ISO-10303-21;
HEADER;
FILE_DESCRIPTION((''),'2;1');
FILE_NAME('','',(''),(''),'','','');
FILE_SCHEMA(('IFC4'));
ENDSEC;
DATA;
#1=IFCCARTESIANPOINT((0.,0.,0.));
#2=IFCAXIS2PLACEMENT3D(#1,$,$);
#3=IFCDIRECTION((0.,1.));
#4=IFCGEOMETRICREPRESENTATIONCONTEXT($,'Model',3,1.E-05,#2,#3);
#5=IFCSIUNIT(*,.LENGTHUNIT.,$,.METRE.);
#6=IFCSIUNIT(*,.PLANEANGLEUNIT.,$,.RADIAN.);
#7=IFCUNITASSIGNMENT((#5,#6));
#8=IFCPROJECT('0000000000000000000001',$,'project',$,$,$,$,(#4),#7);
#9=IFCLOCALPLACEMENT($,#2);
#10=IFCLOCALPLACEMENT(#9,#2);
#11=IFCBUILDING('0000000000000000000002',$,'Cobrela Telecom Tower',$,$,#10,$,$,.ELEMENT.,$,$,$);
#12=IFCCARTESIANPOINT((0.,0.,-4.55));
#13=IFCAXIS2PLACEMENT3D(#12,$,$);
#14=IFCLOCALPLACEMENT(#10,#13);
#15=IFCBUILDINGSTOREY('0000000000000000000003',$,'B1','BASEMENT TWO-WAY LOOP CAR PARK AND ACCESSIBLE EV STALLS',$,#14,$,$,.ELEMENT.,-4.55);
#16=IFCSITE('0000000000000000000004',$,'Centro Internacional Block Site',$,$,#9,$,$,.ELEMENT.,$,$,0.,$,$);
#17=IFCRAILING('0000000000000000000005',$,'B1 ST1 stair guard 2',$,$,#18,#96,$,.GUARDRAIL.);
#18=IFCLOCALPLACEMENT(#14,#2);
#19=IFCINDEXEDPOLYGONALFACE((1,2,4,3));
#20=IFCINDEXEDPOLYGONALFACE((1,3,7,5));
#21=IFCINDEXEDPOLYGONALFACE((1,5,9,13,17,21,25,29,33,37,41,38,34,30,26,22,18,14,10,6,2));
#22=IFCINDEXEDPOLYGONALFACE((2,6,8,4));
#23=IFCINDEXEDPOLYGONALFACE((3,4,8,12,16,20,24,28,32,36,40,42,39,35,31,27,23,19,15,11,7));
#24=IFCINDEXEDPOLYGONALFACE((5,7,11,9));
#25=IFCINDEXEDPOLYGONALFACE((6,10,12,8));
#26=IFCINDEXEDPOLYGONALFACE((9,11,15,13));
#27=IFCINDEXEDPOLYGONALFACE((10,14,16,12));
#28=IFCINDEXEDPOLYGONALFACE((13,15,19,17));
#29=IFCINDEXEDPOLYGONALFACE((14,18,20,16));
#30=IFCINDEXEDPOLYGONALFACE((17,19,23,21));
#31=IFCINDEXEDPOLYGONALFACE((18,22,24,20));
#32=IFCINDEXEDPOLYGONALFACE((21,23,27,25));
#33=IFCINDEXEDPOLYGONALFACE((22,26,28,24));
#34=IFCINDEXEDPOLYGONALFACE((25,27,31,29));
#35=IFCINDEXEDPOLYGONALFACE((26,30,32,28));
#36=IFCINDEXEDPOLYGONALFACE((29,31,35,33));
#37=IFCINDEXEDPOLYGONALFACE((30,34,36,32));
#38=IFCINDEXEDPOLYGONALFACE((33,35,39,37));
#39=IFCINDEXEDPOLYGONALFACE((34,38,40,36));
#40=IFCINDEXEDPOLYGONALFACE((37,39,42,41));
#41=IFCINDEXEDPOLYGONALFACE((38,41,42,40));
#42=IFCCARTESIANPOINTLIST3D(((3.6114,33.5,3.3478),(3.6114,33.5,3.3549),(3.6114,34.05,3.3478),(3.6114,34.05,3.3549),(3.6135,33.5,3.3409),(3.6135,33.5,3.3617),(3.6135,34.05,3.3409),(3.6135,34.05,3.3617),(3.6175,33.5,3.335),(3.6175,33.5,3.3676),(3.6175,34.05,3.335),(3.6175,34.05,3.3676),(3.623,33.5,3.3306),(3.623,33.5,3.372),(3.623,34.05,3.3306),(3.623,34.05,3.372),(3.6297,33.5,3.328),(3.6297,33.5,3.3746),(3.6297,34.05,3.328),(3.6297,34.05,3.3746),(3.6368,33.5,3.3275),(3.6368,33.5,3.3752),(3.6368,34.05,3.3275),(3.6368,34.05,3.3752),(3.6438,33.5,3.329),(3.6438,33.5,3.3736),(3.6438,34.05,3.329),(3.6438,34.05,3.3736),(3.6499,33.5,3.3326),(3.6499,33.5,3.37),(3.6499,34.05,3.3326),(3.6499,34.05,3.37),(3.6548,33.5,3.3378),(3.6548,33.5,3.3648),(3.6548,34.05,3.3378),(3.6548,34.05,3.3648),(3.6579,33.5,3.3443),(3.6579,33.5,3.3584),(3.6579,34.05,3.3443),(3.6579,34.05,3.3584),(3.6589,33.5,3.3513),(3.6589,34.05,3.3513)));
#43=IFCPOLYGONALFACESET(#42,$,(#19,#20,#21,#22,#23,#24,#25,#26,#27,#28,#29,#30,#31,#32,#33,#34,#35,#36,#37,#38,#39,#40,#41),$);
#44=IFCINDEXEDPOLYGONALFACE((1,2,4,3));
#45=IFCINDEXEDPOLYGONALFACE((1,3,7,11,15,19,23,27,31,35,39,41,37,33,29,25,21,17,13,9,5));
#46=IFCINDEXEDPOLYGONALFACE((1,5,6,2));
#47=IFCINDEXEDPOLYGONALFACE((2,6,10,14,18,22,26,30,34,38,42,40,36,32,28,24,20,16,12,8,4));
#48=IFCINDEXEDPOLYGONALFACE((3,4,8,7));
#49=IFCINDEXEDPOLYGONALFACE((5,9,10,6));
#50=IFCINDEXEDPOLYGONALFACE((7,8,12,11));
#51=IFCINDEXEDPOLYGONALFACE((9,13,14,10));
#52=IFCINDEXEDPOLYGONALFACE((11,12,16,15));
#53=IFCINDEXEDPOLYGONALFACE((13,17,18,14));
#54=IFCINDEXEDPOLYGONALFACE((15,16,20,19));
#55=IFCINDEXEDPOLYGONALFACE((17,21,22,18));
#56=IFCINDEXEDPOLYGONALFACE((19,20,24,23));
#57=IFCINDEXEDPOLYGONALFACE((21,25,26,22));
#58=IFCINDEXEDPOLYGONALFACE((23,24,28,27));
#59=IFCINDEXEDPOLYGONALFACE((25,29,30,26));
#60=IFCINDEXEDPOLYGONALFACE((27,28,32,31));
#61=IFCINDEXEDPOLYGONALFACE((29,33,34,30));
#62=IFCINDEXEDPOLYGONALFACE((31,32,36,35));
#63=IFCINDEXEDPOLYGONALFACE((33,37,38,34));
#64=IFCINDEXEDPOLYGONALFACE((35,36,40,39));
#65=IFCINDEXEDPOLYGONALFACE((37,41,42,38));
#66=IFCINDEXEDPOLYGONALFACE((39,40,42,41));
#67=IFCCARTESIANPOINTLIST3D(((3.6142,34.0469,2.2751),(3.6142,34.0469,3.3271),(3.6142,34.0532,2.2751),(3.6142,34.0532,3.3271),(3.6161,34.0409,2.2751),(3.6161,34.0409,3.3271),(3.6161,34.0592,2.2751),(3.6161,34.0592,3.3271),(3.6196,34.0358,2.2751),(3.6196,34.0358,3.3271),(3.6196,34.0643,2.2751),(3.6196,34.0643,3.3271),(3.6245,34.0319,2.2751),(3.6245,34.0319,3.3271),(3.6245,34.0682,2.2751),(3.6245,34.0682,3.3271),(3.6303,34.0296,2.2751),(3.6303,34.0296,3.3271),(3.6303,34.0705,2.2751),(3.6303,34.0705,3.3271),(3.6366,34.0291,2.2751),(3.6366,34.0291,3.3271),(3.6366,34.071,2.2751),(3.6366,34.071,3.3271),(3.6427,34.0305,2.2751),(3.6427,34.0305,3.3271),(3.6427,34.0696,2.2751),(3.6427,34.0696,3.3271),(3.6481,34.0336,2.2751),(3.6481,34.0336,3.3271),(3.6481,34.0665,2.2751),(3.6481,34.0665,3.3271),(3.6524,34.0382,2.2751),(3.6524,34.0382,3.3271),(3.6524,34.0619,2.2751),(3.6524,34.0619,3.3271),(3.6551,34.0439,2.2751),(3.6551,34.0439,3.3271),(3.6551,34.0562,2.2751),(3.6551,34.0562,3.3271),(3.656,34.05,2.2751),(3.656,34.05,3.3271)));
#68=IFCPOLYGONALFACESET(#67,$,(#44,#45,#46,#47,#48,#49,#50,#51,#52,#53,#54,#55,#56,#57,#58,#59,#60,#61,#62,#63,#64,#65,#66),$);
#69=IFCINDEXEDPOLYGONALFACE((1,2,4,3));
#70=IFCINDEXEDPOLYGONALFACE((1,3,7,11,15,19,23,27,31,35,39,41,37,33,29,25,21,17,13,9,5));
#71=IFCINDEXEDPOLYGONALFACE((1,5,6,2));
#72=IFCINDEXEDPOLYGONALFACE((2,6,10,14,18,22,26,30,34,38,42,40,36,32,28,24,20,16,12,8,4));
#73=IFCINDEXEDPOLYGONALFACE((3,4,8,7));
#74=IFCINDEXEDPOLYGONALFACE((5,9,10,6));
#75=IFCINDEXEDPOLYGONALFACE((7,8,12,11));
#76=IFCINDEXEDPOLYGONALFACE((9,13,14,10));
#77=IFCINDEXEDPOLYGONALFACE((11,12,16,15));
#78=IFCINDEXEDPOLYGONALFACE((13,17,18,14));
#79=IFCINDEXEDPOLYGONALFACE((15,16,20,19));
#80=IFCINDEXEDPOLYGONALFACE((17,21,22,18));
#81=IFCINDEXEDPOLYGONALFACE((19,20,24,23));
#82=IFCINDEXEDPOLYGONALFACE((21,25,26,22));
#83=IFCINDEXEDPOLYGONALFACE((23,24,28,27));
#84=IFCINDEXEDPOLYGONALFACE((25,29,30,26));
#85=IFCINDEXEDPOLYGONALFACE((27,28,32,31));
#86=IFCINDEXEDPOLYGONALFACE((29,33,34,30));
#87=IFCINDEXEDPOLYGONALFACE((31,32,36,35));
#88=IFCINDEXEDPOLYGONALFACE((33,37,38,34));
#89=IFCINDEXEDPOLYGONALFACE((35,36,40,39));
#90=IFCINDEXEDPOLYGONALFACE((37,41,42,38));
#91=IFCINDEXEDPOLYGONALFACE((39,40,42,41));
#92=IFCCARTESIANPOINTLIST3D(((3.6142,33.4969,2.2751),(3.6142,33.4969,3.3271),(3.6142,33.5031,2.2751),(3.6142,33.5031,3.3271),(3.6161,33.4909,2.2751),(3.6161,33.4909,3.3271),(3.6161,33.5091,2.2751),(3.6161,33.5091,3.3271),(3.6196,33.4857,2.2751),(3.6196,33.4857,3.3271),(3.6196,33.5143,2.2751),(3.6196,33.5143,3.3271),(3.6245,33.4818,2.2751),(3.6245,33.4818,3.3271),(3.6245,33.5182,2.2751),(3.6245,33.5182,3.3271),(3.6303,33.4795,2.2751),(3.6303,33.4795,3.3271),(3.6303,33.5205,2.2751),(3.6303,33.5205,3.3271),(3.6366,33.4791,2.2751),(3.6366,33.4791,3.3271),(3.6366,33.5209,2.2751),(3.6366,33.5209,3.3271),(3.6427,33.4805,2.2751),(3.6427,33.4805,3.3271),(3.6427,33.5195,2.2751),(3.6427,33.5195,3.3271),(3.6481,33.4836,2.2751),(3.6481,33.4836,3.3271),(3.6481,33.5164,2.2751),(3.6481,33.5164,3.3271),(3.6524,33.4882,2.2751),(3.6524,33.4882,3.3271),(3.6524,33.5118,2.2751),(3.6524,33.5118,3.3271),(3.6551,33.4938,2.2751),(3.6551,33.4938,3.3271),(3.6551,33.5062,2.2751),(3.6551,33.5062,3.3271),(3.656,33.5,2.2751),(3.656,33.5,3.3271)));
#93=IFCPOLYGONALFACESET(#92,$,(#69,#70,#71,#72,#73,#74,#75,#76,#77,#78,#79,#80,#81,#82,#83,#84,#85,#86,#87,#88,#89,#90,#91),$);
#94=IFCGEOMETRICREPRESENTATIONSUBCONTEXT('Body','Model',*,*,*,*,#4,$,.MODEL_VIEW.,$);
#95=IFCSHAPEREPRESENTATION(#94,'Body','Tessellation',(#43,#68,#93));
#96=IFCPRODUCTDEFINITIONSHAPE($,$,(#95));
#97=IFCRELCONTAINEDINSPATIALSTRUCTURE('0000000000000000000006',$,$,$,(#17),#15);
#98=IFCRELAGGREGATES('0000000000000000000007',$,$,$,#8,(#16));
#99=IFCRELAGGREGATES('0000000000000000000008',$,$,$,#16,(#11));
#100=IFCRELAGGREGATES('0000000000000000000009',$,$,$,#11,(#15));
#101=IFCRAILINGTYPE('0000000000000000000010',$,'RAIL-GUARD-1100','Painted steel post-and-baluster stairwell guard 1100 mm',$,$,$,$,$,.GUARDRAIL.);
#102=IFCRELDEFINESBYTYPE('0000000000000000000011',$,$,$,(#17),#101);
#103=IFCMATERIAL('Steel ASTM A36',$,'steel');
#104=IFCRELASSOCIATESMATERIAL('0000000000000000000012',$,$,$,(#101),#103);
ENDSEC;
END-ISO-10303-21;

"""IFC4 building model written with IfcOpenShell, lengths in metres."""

from ifc_helpers import new_model, si_unit, direction, frame, origin, origin_2d, place, context, subcontext, project, spatial, circle, extrude, material, type_object, element, save


model = new_model("IFC4")

# Units and contexts
model_context = context("Model", 3, precision=1e-05, world=origin(), true_north=direction((0.0, 1.0)))
body_context = subcontext(model_context, "Body", "Model", "MODEL_VIEW")
ifc_project = project(units=[si_unit("LENGTHUNIT", "METRE"), si_unit("PLANEANGLEUNIT", "RADIAN")], contexts=[model_context])

# Site, building, storey
site_placement = place(None, origin())
site = spatial("IfcSite", under=ifc_project, at=site_placement, Name="Centro Internacional Block Site", CompositionType="ELEMENT", RefElevation=0.0)
building_placement = place(site_placement, origin())
building = spatial("IfcBuilding", under=site, at=building_placement, Name="Cobrela Telecom Tower", CompositionType="ELEMENT")
storey_placement = place(building_placement, frame((0.0, 0.0, -4.55)))
storey = spatial("IfcBuildingStorey", under=building, at=storey_placement, Name="B1", Description="BASEMENT TWO-WAY LOOP CAR PARK AND ACCESSIBLE EV STALLS", CompositionType="ELEMENT", Elevation=-4.55)

# Shared definitions
ifc_material_1 = material(Name="Steel ASTM A36", Category="steel")

# Railing
railing_type_1 = type_object("IfcRailingType", Name="RAIL-GUARD-1100", Description="Painted steel post-and-baluster stairwell guard 1100 mm", PredefinedType="GUARDRAIL", material=ifc_material_1)
railing_1_placement = place(storey_placement, frame((3.635, 34.05, 2.2751)))
element("IfcRailing", 1, at=railing_1_placement, inside=storey, type_object=railing_type_1, Name="B1 ST1 stair guard 2", PredefinedType="GUARDRAIL", context=body_context, shape_type="SweptSolid", body=[
    extrude(circle(Radius=0.0239, at=origin_2d()), frame((0.0, 0.0, 1.0762), z_axis=(0.0, -1.0, 0.0), x_axis=(1.0, 0.0, 0.0)), (0.0, 0.0, 1.0), 0.55),
    extrude(circle(Radius=0.021, at=origin_2d()), origin(), (0.0, 0.0, 1.0), 1.052),
    extrude(circle(Radius=0.021, at=origin_2d()), frame((0.0, -0.55, 0.0)), (0.0, 0.0, 1.0), 1.052),
])

save(model, "model.ifc")
